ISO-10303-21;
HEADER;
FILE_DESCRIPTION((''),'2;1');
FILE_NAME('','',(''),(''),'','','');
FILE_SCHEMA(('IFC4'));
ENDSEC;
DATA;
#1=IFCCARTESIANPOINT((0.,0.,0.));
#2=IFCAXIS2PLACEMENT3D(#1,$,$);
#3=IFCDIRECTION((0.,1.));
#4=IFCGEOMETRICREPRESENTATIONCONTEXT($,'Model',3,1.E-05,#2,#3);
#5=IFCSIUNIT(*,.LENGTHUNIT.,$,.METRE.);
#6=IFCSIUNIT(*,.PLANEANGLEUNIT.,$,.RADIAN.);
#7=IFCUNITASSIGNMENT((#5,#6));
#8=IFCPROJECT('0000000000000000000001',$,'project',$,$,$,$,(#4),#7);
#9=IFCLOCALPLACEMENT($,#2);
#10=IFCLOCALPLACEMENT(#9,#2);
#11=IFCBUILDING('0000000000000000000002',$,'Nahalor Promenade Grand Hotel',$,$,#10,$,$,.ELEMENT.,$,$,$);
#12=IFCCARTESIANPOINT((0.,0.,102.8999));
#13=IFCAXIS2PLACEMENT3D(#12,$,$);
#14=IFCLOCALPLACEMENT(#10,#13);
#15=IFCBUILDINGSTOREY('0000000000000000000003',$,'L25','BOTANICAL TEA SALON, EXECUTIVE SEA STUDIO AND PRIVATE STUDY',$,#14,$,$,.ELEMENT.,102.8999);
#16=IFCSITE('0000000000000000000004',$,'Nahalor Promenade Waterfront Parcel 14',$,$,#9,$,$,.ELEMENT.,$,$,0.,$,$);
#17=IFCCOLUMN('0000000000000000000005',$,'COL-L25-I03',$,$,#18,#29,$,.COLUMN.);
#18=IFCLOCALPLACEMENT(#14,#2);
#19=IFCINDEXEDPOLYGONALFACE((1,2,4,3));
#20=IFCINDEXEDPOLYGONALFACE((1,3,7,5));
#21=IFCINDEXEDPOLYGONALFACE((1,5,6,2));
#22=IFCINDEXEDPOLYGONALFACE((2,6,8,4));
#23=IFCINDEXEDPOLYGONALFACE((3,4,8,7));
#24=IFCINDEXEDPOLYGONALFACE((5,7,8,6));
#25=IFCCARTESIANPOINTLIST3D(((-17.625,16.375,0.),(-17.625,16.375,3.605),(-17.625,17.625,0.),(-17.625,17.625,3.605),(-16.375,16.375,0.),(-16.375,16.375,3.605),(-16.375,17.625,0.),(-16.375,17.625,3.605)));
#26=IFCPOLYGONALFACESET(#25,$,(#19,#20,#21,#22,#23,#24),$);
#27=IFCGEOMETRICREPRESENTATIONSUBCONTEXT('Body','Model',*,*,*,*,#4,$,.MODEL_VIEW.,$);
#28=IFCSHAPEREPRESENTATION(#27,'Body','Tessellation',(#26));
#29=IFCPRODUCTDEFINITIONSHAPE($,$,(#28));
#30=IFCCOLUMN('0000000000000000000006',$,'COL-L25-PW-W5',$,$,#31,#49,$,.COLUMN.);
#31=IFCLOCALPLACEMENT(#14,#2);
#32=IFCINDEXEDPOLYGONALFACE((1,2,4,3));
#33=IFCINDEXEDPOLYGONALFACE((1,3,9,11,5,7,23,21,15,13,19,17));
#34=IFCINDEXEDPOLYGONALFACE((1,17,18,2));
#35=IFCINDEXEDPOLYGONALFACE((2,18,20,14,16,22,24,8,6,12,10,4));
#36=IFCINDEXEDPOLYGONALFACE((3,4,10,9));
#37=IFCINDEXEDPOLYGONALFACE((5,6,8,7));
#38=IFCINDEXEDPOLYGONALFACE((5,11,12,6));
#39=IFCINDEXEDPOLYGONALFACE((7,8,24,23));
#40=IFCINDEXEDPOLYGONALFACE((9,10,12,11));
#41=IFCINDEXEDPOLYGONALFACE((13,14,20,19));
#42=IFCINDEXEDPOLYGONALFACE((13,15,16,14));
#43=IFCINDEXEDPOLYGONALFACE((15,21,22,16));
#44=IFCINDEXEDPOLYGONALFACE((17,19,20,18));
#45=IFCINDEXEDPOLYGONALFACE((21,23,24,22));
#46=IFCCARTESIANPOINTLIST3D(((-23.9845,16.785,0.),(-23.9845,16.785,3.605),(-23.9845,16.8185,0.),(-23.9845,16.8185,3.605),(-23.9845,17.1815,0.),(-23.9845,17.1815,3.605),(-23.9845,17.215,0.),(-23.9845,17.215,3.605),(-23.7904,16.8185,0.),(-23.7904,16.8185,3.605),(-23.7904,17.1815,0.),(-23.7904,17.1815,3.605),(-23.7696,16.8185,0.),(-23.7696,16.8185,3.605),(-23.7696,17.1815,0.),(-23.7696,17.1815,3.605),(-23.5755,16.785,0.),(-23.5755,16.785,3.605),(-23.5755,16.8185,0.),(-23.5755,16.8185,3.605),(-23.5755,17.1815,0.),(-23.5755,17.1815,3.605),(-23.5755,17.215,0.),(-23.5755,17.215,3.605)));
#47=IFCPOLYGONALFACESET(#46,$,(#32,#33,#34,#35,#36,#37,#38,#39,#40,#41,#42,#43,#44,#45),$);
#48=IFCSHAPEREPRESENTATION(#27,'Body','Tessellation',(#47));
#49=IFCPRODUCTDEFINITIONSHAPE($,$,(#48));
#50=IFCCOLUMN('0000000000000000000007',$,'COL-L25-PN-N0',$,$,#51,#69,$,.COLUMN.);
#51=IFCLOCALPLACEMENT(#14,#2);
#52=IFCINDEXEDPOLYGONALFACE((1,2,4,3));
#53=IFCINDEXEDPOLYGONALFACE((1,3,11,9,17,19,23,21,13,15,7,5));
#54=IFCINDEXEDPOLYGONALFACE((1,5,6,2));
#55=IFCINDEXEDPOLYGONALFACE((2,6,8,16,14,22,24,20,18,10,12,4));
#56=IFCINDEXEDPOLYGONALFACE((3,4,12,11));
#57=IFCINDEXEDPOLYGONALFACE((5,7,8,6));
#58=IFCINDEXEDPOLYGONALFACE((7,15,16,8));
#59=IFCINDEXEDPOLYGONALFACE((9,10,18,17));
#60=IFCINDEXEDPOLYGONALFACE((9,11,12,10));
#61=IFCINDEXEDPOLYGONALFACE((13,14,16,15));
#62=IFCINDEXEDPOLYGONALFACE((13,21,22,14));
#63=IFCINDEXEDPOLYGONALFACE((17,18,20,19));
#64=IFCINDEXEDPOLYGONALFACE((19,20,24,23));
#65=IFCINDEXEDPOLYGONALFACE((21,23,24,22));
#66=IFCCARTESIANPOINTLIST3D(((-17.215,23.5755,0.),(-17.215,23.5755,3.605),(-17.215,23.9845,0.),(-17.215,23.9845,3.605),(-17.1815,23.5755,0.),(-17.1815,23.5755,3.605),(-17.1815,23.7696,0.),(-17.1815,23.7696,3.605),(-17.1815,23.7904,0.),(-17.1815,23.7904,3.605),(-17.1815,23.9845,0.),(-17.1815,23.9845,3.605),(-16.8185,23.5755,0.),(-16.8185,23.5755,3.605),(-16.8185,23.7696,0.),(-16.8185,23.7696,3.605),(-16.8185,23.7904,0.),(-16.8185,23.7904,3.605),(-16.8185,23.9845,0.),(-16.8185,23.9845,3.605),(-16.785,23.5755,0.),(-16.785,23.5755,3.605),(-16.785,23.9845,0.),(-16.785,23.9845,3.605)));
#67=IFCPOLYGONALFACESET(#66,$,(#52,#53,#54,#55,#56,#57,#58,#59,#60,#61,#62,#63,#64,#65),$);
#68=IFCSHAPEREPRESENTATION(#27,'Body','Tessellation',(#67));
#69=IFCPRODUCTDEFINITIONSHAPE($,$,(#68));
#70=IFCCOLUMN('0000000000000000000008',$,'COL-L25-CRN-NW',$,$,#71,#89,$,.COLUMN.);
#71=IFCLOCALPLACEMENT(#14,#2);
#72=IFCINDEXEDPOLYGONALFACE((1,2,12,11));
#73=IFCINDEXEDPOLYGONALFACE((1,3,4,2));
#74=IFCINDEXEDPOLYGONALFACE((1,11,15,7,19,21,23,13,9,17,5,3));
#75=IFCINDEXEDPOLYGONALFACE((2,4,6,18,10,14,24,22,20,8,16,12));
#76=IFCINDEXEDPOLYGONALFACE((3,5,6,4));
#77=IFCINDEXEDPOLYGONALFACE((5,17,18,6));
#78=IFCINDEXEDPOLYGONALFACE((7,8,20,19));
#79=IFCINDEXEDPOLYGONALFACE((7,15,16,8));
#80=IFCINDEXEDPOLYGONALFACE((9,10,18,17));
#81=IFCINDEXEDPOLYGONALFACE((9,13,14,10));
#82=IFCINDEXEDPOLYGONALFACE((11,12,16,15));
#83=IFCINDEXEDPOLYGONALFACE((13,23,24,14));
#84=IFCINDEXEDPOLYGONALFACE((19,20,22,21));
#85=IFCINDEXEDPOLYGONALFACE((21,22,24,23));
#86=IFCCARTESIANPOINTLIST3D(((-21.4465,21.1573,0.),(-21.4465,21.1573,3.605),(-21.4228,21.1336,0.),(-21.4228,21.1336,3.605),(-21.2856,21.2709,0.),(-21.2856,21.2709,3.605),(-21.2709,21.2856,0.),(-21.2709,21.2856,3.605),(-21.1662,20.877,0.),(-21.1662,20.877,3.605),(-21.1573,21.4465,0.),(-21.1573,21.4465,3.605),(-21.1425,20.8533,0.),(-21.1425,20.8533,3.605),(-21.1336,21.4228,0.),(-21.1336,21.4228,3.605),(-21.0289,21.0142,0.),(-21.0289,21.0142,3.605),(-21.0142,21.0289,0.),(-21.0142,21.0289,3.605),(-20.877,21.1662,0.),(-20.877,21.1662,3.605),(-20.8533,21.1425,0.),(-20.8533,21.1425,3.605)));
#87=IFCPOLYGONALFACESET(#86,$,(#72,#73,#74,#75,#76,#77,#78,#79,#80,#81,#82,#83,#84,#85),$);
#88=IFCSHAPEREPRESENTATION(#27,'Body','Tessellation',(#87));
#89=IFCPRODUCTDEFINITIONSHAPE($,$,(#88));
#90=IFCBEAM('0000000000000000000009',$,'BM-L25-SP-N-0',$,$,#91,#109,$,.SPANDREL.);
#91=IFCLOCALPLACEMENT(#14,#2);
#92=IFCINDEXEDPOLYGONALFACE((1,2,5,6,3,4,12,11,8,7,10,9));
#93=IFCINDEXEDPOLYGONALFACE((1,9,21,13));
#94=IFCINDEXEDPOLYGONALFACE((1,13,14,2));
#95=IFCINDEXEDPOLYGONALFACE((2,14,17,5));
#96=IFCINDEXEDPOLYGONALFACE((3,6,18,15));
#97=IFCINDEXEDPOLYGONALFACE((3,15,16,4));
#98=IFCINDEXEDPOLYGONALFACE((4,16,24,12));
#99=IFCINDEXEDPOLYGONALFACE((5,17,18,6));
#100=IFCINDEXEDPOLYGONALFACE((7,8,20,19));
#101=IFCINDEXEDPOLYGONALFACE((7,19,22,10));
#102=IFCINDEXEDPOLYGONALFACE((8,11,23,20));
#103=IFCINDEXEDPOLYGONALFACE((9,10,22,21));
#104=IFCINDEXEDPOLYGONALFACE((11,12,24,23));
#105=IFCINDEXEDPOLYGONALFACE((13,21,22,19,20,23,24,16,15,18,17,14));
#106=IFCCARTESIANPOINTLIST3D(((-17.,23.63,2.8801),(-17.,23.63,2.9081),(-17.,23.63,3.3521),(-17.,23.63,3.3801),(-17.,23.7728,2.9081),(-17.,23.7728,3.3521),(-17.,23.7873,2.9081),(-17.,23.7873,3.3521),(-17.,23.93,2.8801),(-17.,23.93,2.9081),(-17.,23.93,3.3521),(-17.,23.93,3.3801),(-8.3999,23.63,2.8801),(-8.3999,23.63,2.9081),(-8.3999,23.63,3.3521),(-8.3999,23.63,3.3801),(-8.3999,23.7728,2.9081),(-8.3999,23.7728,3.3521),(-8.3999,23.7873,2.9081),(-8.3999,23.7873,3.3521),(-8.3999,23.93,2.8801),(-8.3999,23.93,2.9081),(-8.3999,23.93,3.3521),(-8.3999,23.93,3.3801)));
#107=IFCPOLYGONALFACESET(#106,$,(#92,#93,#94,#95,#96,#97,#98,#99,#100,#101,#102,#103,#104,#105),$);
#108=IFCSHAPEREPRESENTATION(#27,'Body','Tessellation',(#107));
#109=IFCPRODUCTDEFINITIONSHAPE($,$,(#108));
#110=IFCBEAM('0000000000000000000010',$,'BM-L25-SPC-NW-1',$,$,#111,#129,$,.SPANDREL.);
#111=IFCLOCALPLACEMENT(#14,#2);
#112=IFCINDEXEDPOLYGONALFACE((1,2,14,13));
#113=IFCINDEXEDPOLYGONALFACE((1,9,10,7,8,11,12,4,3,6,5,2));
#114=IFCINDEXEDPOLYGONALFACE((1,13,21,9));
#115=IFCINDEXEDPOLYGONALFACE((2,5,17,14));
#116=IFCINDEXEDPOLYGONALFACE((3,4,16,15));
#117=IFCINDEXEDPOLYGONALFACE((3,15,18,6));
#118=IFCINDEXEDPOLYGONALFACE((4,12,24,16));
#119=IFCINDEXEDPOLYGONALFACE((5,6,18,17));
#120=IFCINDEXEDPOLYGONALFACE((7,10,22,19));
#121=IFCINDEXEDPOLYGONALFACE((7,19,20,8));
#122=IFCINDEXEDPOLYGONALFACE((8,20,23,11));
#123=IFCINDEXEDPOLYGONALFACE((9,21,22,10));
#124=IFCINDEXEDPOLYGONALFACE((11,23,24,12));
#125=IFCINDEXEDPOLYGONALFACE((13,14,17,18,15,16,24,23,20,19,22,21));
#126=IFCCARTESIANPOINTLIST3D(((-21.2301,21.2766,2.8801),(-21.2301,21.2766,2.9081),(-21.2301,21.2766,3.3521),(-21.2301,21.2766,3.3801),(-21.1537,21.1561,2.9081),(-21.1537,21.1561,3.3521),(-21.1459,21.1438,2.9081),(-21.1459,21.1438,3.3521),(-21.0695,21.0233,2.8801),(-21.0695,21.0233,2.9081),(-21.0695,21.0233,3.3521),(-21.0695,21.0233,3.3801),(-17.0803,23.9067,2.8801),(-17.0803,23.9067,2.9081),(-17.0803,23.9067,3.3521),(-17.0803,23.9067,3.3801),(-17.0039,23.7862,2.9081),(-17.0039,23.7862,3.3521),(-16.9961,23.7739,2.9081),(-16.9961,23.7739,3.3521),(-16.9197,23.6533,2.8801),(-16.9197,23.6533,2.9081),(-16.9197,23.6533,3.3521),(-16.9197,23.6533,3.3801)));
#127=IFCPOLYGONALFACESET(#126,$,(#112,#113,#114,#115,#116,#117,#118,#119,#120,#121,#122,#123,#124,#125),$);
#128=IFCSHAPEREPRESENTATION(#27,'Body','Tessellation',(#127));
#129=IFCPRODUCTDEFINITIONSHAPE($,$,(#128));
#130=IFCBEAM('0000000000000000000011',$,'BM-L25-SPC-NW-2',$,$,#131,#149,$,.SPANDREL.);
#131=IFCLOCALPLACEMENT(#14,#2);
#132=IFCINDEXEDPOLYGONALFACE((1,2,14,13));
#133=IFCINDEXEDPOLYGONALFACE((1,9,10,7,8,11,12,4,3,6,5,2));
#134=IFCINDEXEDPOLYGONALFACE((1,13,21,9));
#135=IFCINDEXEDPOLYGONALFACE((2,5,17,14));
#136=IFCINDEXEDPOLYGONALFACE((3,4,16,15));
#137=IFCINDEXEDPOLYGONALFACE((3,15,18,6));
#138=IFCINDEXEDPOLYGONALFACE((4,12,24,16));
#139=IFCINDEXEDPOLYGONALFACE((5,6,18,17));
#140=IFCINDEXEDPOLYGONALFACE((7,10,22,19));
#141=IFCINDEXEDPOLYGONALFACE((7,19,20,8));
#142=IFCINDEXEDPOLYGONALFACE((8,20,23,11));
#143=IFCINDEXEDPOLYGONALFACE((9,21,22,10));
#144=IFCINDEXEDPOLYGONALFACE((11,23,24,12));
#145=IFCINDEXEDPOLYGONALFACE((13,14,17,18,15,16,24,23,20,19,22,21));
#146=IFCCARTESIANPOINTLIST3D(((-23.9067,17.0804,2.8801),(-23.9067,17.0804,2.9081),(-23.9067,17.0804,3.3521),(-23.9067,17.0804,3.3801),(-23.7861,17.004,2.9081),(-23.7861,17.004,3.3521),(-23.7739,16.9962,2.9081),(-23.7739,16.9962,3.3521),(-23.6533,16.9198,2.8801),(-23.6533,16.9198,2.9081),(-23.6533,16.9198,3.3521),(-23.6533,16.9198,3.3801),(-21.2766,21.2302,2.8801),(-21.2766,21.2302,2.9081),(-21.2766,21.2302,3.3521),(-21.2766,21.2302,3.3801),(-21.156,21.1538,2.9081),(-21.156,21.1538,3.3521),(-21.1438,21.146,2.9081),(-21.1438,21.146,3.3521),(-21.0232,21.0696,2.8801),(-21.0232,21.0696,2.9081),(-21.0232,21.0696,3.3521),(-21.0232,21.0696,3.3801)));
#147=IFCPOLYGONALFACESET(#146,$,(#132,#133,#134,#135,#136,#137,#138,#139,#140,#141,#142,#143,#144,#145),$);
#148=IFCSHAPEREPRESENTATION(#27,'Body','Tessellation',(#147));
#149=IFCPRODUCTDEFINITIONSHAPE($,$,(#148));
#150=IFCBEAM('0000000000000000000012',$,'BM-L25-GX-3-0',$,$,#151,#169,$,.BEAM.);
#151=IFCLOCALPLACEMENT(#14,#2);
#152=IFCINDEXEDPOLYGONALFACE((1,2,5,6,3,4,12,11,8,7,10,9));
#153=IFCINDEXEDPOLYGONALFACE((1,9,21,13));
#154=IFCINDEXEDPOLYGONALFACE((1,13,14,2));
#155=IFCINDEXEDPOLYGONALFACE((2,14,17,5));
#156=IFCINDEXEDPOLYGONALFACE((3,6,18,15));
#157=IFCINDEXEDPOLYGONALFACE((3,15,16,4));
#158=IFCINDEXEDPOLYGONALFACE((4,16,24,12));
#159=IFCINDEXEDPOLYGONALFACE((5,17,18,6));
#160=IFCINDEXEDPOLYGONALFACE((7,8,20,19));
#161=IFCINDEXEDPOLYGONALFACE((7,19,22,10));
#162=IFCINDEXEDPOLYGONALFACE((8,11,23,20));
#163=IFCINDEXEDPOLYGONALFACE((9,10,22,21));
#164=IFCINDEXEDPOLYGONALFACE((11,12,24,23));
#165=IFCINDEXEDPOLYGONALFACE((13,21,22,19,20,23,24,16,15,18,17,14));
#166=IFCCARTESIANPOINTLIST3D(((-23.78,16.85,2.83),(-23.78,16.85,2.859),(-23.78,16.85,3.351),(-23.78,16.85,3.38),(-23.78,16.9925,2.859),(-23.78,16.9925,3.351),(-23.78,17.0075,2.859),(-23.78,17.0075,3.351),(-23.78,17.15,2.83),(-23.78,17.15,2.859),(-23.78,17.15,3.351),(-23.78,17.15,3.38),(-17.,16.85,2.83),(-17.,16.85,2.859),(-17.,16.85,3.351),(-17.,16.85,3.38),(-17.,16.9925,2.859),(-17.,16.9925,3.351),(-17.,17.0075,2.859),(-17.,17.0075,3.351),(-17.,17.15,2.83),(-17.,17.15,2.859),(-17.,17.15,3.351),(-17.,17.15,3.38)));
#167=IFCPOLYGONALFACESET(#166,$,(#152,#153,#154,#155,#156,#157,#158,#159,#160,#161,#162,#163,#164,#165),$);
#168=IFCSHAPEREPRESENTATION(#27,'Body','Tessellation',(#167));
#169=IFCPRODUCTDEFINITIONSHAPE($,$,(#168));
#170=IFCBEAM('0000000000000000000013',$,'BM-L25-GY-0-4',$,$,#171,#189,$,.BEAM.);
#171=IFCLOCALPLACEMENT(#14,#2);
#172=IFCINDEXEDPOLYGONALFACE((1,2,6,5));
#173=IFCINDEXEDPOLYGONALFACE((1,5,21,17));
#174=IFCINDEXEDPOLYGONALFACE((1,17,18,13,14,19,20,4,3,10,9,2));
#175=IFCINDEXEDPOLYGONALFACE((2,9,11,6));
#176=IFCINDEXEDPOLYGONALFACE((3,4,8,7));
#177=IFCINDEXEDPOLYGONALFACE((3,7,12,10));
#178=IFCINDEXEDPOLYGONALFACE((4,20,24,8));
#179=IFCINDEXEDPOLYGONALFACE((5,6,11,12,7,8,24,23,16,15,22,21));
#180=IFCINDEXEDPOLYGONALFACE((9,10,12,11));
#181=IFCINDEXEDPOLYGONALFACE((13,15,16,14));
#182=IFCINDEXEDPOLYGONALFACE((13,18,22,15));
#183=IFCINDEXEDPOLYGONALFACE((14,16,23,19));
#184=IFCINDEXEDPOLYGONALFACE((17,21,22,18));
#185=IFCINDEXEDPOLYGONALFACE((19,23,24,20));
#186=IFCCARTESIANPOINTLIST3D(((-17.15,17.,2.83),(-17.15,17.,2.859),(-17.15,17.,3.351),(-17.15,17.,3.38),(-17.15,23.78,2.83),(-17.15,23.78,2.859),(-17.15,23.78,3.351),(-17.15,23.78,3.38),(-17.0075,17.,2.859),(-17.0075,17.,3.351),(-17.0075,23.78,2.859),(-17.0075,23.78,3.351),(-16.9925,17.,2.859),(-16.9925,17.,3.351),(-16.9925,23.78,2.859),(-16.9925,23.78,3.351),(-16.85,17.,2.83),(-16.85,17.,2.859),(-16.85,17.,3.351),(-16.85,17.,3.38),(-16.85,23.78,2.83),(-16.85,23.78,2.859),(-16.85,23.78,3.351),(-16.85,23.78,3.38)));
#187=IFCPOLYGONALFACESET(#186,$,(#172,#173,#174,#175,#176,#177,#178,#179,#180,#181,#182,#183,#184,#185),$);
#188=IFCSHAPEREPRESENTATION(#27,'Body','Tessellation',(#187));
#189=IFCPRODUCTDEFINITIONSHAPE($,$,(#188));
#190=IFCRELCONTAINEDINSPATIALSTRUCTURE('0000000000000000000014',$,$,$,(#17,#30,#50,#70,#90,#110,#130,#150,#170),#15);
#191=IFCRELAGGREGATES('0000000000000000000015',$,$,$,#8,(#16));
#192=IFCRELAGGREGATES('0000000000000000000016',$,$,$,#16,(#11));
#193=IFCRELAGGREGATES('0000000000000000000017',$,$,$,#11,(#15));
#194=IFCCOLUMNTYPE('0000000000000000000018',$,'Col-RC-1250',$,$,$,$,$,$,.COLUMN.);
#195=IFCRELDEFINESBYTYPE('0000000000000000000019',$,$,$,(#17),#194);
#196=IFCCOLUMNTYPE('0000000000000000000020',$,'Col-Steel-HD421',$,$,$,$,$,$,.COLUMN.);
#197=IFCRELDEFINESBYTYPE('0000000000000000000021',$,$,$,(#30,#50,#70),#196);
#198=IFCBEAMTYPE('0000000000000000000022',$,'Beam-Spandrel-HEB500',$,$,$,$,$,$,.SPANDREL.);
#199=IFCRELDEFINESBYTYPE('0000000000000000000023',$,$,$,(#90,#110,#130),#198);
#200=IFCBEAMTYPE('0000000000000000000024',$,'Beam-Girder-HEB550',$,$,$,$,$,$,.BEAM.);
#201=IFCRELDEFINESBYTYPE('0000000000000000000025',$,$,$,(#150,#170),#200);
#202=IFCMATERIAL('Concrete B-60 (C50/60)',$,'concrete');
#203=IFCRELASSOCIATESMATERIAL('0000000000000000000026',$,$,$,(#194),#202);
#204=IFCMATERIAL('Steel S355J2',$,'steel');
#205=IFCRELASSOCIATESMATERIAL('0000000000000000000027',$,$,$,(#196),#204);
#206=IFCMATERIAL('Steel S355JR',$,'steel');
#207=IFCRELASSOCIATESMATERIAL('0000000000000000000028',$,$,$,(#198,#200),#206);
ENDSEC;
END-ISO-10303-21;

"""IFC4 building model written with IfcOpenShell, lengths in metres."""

from ifc_helpers import new_model, si_unit, direction, frame, origin, origin_2d, place, context, subcontext, project, spatial, rectangle, i_section, extrude, source, transform, mapped, material, material_profile, profile_set, type_object, element, save


model = new_model("IFC4")

# Units and contexts
model_context = context("Model", 3, precision=1e-05, world=origin(), true_north=direction((0.0, 1.0)))
body_context = subcontext(model_context, "Body", "Model", "MODEL_VIEW")
ifc_project = project(units=[si_unit("LENGTHUNIT", "METRE"), si_unit("PLANEANGLEUNIT", "RADIAN")], contexts=[model_context])

# Site, building, storey
site_placement = place(None, origin())
site = spatial("IfcSite", under=ifc_project, at=site_placement, Name="Nahalor Promenade Waterfront Parcel 14", CompositionType="ELEMENT", RefElevation=0.0)
building_placement = place(site_placement, origin())
building = spatial("IfcBuilding", under=site, at=building_placement, Name="Nahalor Promenade Grand Hotel", CompositionType="ELEMENT")
storey_placement = place(building_placement, frame((0.0, 0.0, 102.8999)))
storey = spatial("IfcBuildingStorey", under=building, at=storey_placement, Name="L25", Description="BOTANICAL TEA SALON, EXECUTIVE SEA STUDIO AND PRIVATE STUDY", CompositionType="ELEMENT", Elevation=102.8999)

# Columns
ifc_material_1 = material(Name="Concrete B-60 (C50/60)", Category="concrete")
ifc_material_profile_1 = material_profile(ifc_material_1, rectangle(XDim=1.25, YDim=1.25, at=origin_2d()), Name="RC 1250x1250")
ifc_profile_set_1 = profile_set([ifc_material_profile_1], Name="Concrete B-60 (C50/60)")
column_type_1 = type_object("IfcColumnType", Name="Col-RC-1250", PredefinedType="COLUMN", material=ifc_profile_set_1)
shared_shape_1 = source(origin(), body_context, "Body", "SweptSolid", [
    extrude(rectangle(XDim=1.25, YDim=1.25, at=origin_2d()), origin(), (0.0, 0.0, 1.0), 3.605),
])
column_placement = place(storey_placement, frame((-17.0, 17.0, 0.0), z_axis=(0.0, 0.0, 1.0), x_axis=(1.0, 0.0, 0.0)))
element("IfcColumn", 1, at=column_placement, inside=storey, type_object=column_type_1, Name="COL-L25-I03", PredefinedType="COLUMN", context=body_context, shape_type="MappedRepresentation", body=[
    mapped(shared_shape_1, transform((0.0, 0.0, 0.0), scale=1.0)),
])
ifc_material_2 = material(Name="Steel S355J2", Category="steel")
ifc_material_profile_2 = material_profile(ifc_material_2, i_section(OverallWidth=0.409, OverallDepth=0.43, WebThickness=0.0208, FlangeThickness=0.0335, at=origin_2d()), Name="HD 400x421")
ifc_profile_set_2 = profile_set([ifc_material_profile_2], Name="Steel S355J2")
column_type_2 = type_object("IfcColumnType", Name="Col-Steel-HD421", PredefinedType="COLUMN", material=ifc_profile_set_2)
shared_shape_2 = source(origin(), body_context, "Body", "SweptSolid", [
    extrude(i_section(OverallWidth=0.409, OverallDepth=0.43, WebThickness=0.0208, FlangeThickness=0.0335, at=origin_2d()), origin(), (0.0, 0.0, 1.0), 3.605),
])
for number, where, z_axis, x_axis, name in (
    (2, (-23.78, 17.0, 0.0), (0.0, 0.0, 1.0), (1.0, 0.0, 0.0), "COL-L25-PW-W5"),
    (3, (-17.0, 23.78, 0.0), (0.0, 0.0, 1.0), (0.0, 1.0, 0.0), "COL-L25-PN-N0"),
    (4, (-21.1499, 21.1499, 0.0), (0.0, 0.0, 1.0), (0.707107, 0.707107, 0.0), "COL-L25-CRN-NW"),
):
    element("IfcColumn", number, at=place(storey_placement, frame(where, z_axis=z_axis, x_axis=x_axis)), inside=storey, type_object=column_type_2, Name=name, PredefinedType="COLUMN", context=body_context, shape_type="MappedRepresentation", body=[
        mapped(shared_shape_2, transform((0.0, 0.0, 0.0), scale=1.0)),
    ])

# Beams
ifc_material_3 = material(Name="Steel S355JR", Category="steel")
ifc_material_profile_3 = material_profile(ifc_material_3, i_section(OverallWidth=0.3, OverallDepth=0.5, WebThickness=0.0145, FlangeThickness=0.028, at=origin_2d()), Name="HEB 500")
ifc_profile_set_3 = profile_set([ifc_material_profile_3], Name="Steel S355JR")
beam_type_1 = type_object("IfcBeamType", Name="Beam-Spandrel-HEB500", PredefinedType="SPANDREL", material=ifc_profile_set_3)
shared_shape_3 = source(origin(), body_context, "Body", "SweptSolid", [
    extrude(i_section(OverallWidth=0.3, OverallDepth=0.5, WebThickness=0.0145, FlangeThickness=0.028, at=origin_2d()), origin(), (0.0, 0.0, 1.0), 8.6001),
])
beam_1_placement = place(storey_placement, frame((-17.0, 23.78, 3.1301), z_axis=(1.0, 0.0, 0.0), x_axis=(0.0, 1.0, 0.0)))
element("IfcBeam", 5, at=beam_1_placement, inside=storey, type_object=beam_type_1, Name="BM-L25-SP-N-0", PredefinedType="SPANDREL", context=body_context, shape_type="MappedRepresentation", body=[
    mapped(shared_shape_3, transform((0.0, 0.0, 0.0), scale=1.0)),
])
shared_shape_4 = source(origin(), body_context, "Body", "SweptSolid", [
    extrude(i_section(OverallWidth=0.3, OverallDepth=0.5, WebThickness=0.0145, FlangeThickness=0.028, at=origin_2d()), origin(), (0.0, 0.0, 1.0), 4.9131),
])
for number, where, z_axis, x_axis, name in (
    (6, (-17.0, 23.78, 3.1301), (-0.844648, -0.535322, 0.0), (0.535322, -0.844648, 0.0), "BM-L25-SPC-NW-1"),
    (7, (-21.1499, 21.1499, 3.1301), (-0.535322, -0.844648, 0.0), (0.844648, -0.535322, 0.0), "BM-L25-SPC-NW-2"),
):
    element("IfcBeam", number, at=place(storey_placement, frame(where, z_axis=z_axis, x_axis=x_axis)), inside=storey, type_object=beam_type_1, Name=name, PredefinedType="SPANDREL", context=body_context, shape_type="MappedRepresentation", body=[
        mapped(shared_shape_4, transform((0.0, 0.0, 0.0), scale=1.0)),
    ])
ifc_material_profile_4 = material_profile(ifc_material_3, i_section(OverallWidth=0.3, OverallDepth=0.55, WebThickness=0.015, FlangeThickness=0.029, at=origin_2d()), Name="HEB 550")
ifc_profile_set_4 = profile_set([ifc_material_profile_4], Name="Steel S355JR")
beam_type_2 = type_object("IfcBeamType", Name="Beam-Girder-HEB550", PredefinedType="BEAM", material=ifc_profile_set_4)
shared_shape_5 = source(origin(), body_context, "Body", "SweptSolid", [
    extrude(i_section(OverallWidth=0.3, OverallDepth=0.55, WebThickness=0.015, FlangeThickness=0.029, at=origin_2d()), origin(), (0.0, 0.0, 1.0), 6.78),
])
for number, where, z_axis, x_axis, name in (
    (8, (-23.78, 17.0, 3.105), (1.0, 0.0, 0.0), (0.0, 1.0, 0.0), "BM-L25-GX-3-0"),
    (9, (-17.0, 17.0, 3.105), (0.0, 1.0, 0.0), (-1.0, 0.0, 0.0), "BM-L25-GY-0-4"),
):
    element("IfcBeam", number, at=place(storey_placement, frame(where, z_axis=z_axis, x_axis=x_axis)), inside=storey, type_object=beam_type_2, Name=name, PredefinedType="BEAM", context=body_context, shape_type="MappedRepresentation", body=[
        mapped(shared_shape_5, transform((0.0, 0.0, 0.0), scale=1.0)),
    ])

save(model, "model.ifc")
